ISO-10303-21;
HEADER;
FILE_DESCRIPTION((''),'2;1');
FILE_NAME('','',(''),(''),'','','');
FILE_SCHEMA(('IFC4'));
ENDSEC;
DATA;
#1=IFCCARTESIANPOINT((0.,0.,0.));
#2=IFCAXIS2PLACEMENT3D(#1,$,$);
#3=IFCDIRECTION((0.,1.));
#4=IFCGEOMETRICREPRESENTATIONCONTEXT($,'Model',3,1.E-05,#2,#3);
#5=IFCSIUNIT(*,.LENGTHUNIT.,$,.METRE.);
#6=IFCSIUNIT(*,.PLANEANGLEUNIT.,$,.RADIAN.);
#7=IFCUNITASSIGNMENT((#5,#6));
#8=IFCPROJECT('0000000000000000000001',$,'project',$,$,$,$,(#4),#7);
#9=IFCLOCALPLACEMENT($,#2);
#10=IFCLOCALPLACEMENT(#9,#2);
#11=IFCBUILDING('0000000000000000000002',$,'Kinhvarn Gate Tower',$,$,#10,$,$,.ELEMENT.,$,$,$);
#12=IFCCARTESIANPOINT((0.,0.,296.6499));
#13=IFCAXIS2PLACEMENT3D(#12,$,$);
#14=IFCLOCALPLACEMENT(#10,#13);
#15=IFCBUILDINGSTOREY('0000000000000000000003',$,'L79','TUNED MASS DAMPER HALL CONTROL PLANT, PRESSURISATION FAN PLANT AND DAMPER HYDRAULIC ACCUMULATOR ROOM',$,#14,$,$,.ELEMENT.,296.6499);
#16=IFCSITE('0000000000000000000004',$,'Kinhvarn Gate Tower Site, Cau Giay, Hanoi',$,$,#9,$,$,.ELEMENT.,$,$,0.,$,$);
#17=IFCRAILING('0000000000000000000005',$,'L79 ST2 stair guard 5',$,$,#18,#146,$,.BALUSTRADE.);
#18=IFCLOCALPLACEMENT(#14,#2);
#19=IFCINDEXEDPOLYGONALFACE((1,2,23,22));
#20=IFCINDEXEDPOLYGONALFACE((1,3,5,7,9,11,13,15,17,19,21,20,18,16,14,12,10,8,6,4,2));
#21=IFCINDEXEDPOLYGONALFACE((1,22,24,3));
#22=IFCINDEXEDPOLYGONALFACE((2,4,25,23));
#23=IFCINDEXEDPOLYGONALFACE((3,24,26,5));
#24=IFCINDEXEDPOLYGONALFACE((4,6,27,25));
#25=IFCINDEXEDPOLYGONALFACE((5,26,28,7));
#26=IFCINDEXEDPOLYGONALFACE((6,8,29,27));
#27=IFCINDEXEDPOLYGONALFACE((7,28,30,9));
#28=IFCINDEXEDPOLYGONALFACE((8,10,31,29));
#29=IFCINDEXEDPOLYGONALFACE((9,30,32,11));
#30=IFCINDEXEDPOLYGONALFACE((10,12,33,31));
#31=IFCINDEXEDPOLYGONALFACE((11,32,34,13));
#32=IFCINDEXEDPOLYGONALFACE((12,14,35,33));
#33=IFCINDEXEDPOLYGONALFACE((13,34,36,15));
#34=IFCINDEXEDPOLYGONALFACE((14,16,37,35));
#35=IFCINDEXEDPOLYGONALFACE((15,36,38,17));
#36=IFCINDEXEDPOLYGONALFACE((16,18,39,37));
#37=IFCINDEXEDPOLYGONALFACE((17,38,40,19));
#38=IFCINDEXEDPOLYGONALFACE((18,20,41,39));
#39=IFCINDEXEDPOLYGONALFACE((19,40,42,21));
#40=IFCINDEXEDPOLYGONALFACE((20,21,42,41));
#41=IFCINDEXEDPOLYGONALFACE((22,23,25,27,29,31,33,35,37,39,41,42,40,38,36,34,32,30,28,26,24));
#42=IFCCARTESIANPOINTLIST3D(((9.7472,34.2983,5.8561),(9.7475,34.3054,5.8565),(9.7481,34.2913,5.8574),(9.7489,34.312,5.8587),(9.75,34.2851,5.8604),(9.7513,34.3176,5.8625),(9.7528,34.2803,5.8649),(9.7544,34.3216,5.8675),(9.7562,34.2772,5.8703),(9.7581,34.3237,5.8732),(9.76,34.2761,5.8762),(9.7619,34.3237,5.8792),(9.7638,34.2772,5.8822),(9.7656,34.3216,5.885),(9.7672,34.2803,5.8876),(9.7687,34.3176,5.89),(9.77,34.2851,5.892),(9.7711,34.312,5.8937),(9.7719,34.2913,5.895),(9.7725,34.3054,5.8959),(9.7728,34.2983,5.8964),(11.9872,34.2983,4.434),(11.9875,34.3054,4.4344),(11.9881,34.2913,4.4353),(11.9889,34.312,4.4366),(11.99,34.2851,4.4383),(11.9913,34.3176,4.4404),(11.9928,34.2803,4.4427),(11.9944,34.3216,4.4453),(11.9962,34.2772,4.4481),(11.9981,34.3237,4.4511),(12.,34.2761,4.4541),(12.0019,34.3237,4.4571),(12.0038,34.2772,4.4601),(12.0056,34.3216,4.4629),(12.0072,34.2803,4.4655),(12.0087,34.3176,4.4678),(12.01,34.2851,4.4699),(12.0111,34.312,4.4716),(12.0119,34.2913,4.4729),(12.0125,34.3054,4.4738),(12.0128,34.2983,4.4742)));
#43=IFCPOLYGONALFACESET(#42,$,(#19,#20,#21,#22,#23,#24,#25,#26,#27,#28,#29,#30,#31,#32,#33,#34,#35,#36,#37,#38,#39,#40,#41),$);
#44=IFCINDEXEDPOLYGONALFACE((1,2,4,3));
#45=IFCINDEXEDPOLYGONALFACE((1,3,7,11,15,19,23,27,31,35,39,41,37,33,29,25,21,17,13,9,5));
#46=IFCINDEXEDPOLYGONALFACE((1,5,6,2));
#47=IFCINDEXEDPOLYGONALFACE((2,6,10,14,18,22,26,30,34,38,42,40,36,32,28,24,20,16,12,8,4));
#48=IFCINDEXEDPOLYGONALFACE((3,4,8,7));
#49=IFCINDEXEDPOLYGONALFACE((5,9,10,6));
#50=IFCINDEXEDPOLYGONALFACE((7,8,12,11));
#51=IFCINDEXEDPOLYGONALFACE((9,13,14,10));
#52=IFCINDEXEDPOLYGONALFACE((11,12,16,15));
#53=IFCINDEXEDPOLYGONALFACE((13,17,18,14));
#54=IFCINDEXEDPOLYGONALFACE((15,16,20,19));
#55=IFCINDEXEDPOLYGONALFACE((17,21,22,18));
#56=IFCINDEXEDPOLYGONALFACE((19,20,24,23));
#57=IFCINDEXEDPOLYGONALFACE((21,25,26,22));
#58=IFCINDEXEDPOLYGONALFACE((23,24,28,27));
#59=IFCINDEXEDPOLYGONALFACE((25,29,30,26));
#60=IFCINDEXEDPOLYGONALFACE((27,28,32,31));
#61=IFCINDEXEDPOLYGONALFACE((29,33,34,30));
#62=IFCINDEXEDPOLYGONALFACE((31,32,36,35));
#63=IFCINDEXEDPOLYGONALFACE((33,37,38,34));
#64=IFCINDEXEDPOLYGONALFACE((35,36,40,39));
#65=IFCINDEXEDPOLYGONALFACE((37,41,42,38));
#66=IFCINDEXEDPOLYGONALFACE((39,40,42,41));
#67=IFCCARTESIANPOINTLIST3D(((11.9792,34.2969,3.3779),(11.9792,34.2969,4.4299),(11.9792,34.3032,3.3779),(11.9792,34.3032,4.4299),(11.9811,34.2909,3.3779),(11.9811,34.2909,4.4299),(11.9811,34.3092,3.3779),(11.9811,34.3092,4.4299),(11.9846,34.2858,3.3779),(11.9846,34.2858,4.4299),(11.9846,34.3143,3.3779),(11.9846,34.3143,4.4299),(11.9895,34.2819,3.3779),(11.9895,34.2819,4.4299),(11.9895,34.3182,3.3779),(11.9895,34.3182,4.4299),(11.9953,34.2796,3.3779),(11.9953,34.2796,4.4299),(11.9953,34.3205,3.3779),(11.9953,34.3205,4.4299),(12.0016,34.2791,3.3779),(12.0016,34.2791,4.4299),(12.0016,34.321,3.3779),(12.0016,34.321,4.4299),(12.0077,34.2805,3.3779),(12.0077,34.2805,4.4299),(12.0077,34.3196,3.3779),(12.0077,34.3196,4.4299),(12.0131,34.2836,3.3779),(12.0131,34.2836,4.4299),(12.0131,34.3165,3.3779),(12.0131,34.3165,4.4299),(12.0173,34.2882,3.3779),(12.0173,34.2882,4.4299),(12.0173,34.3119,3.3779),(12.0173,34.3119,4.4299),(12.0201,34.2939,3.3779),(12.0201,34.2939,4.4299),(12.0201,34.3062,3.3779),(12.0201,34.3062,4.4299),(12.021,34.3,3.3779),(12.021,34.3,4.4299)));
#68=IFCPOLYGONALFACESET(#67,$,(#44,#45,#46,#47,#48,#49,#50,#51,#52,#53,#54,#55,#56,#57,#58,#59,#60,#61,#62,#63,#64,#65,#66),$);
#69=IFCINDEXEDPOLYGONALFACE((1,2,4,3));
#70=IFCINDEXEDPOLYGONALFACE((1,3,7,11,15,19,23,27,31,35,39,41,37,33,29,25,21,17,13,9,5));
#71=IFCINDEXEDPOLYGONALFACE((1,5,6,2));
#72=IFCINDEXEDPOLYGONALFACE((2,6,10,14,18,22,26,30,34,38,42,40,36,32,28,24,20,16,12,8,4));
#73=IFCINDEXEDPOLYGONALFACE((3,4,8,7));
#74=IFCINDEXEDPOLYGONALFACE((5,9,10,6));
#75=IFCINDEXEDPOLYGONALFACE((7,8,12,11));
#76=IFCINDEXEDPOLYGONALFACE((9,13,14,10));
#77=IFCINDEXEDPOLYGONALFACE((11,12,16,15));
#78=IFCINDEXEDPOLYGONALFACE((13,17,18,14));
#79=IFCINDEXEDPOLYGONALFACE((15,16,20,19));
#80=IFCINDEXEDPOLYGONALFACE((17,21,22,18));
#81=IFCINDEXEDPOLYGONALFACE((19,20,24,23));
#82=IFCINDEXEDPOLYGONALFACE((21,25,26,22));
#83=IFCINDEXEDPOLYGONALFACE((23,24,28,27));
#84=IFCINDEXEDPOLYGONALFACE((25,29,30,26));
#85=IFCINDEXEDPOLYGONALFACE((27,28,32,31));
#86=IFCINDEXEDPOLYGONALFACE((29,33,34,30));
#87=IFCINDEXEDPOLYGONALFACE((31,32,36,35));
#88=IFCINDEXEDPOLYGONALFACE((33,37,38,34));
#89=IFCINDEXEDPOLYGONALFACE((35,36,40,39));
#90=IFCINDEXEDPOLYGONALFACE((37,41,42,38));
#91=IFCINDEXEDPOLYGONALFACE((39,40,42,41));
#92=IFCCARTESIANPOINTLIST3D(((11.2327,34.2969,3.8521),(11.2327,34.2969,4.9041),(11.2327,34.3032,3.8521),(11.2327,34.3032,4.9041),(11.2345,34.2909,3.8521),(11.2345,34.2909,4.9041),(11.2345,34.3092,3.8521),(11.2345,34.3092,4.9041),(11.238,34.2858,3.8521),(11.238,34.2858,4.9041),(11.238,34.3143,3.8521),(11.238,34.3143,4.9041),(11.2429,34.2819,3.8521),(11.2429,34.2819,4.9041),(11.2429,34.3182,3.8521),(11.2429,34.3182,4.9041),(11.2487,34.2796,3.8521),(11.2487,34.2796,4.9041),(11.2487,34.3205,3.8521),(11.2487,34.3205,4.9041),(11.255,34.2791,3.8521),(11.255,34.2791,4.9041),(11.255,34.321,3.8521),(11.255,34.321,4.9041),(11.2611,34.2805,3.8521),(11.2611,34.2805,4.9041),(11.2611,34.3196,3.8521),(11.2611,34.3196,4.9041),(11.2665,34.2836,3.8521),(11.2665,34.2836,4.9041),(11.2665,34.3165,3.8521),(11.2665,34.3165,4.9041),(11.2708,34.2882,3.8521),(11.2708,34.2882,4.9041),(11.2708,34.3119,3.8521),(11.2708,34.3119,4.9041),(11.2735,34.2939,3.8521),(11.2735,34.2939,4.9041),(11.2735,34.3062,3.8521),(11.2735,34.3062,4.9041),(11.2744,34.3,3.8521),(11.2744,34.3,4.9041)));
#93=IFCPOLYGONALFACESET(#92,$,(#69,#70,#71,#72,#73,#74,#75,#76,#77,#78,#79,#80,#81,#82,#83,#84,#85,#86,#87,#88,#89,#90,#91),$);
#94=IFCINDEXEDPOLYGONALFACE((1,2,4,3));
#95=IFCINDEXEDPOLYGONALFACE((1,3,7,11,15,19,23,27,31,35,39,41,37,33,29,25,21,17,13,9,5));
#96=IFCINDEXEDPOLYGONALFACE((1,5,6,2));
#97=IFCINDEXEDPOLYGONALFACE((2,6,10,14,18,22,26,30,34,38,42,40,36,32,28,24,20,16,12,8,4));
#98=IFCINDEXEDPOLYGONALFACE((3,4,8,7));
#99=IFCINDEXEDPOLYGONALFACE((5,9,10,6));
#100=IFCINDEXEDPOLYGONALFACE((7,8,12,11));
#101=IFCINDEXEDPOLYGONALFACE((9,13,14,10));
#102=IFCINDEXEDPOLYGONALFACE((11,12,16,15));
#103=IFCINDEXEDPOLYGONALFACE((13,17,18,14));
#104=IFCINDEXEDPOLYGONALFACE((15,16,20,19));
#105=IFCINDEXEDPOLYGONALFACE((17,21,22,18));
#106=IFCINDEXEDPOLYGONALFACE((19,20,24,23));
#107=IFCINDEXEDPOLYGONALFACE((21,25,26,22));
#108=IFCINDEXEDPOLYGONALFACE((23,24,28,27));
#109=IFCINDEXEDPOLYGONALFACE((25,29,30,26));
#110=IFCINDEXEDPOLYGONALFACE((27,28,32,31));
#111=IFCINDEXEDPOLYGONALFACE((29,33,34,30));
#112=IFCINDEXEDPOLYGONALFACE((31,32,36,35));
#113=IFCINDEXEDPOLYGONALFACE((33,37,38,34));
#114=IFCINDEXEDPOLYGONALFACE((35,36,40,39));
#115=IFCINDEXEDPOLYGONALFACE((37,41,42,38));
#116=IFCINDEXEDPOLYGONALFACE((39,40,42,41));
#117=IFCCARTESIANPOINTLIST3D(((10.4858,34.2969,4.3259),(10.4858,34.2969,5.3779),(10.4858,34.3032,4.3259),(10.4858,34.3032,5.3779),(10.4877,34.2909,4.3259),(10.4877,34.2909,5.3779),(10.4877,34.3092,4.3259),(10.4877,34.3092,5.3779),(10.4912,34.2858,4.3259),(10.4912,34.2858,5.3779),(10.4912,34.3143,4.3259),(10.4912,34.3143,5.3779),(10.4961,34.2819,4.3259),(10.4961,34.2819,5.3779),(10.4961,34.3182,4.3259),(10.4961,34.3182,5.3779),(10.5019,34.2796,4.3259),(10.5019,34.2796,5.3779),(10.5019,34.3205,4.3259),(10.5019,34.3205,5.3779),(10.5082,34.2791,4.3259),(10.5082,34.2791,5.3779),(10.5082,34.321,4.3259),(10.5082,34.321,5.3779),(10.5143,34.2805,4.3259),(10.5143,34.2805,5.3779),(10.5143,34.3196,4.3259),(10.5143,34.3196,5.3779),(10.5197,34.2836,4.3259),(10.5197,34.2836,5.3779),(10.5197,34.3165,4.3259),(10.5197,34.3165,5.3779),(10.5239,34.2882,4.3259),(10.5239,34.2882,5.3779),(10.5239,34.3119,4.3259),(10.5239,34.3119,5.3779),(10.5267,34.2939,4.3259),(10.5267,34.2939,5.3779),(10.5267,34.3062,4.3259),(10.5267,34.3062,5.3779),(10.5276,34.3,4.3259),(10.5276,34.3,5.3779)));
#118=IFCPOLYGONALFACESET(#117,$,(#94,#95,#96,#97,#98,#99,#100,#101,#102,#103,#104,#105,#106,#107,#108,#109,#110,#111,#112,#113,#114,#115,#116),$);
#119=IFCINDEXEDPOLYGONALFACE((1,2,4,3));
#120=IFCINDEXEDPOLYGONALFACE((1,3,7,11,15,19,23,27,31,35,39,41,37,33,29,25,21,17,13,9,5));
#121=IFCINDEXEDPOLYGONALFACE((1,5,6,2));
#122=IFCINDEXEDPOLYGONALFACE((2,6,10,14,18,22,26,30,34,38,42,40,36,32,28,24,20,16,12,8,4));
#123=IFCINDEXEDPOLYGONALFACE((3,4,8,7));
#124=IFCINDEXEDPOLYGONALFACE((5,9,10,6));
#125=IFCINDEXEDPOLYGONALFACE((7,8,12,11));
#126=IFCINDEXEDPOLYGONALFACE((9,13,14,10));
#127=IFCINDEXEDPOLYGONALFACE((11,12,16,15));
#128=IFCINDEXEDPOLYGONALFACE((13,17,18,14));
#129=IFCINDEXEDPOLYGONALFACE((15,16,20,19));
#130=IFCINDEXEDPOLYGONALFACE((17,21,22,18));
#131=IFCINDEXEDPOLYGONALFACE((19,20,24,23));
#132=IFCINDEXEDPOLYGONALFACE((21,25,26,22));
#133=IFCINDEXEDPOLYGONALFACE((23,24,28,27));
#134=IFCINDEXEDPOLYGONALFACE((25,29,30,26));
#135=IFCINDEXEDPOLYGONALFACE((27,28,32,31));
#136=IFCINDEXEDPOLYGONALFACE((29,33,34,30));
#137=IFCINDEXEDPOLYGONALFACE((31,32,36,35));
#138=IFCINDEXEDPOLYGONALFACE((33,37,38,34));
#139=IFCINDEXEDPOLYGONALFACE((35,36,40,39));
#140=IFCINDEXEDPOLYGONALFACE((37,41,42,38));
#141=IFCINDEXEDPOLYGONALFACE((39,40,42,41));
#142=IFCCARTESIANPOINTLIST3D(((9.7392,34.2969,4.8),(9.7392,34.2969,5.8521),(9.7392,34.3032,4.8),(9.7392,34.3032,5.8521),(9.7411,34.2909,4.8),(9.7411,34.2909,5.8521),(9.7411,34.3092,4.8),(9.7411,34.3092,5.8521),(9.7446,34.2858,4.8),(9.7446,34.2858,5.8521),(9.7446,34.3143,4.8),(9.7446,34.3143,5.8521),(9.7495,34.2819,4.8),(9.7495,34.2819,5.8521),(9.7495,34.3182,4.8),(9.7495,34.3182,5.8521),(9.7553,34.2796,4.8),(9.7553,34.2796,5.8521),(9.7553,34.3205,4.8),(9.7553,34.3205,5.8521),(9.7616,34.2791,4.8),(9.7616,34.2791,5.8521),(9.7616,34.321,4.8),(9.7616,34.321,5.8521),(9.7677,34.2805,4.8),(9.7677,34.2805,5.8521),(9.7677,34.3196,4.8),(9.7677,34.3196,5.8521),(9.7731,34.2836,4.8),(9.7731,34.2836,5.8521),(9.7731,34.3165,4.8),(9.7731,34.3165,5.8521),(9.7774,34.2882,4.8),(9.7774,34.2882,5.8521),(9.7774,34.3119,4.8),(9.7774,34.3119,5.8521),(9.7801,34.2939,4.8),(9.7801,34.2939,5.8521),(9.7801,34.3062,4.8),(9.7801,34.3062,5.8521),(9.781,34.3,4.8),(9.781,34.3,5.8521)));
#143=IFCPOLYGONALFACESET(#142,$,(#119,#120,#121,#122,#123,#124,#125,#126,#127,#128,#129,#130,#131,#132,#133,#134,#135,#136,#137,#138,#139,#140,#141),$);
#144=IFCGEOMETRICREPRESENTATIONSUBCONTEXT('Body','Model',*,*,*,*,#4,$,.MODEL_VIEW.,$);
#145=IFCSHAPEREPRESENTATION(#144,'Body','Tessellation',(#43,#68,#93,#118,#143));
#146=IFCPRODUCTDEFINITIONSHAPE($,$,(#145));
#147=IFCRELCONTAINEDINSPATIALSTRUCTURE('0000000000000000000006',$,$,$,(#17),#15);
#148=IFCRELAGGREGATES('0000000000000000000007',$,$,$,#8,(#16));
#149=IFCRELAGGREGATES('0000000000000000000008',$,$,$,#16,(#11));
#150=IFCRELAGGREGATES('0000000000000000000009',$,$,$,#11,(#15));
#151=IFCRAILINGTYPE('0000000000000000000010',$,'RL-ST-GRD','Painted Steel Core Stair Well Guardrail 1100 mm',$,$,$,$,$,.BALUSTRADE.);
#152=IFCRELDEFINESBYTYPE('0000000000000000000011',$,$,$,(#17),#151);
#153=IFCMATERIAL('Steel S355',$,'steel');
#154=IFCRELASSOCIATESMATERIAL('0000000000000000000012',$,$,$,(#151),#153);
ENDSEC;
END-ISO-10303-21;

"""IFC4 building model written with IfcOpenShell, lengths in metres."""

from ifc_helpers import new_model, si_unit, direction, frame, origin, origin_2d, place, context, subcontext, project, spatial, circle, extrude, material, type_object, element, save


model = new_model("IFC4")

# Units and contexts
model_context = context("Model", 3, precision=1e-05, world=origin(), true_north=direction((0.0, 1.0)))
body_context = subcontext(model_context, "Body", "Model", "MODEL_VIEW")
ifc_project = project(units=[si_unit("LENGTHUNIT", "METRE"), si_unit("PLANEANGLEUNIT", "RADIAN")], contexts=[model_context])

# Site, building, storey
site_placement = place(None, origin())
site = spatial("IfcSite", under=ifc_project, at=site_placement, Name="Kinhvarn Gate Tower Site, Cau Giay, Hanoi", CompositionType="ELEMENT", RefElevation=0.0)
building_placement = place(site_placement, origin())
building = spatial("IfcBuilding", under=site, at=building_placement, Name="Kinhvarn Gate Tower", CompositionType="ELEMENT")
storey_placement = place(building_placement, frame((0.0, 0.0, 296.6499)))
storey = spatial("IfcBuildingStorey", under=building, at=storey_placement, Name="L79", Description="TUNED MASS DAMPER HALL CONTROL PLANT, PRESSURISATION FAN PLANT AND DAMPER HYDRAULIC ACCUMULATOR ROOM", CompositionType="ELEMENT", Elevation=296.6499)

# Shared definitions
ifc_material_1 = material(Name="Steel S355", Category="steel")

# Railing
railing_type_1 = type_object("IfcRailingType", Name="RL-ST-GRD", Description="Painted Steel Core Stair Well Guardrail 1100 mm", PredefinedType="BALUSTRADE", material=ifc_material_1)
railing_1_placement = place(storey_placement, frame((12.0, 34.3, 3.3779)))
element("IfcRailing", 1, at=railing_1_placement, inside=storey, type_object=railing_type_1, Name="L79 ST2 stair guard 5", PredefinedType="BALUSTRADE", context=body_context, shape_type="SweptSolid", body=[
    extrude(circle(Radius=0.0239, at=origin_2d()), frame((0.0, 0.0, 1.0762), z_axis=(-0.844229, 0.0, 0.535982), x_axis=(0.0, -1.0, 0.0)), (0.0, 0.0, 1.0), 2.6533),
    extrude(circle(Radius=0.021, at=origin_2d()), origin(), (0.0, 0.0, 1.0), 1.052),
    extrude(circle(Radius=0.021, at=origin_2d()), frame((-0.7466, 0.0, 0.4741)), (0.0, 0.0, 1.0), 1.052),
    extrude(circle(Radius=0.021, at=origin_2d()), frame((-1.4934, 0.0, 0.948)), (0.0, 0.0, 1.0), 1.052),
    extrude(circle(Radius=0.021, at=origin_2d()), frame((-2.24, 0.0, 1.4221)), (0.0, 0.0, 1.0), 1.052),
])

save(model, "model.ifc")
